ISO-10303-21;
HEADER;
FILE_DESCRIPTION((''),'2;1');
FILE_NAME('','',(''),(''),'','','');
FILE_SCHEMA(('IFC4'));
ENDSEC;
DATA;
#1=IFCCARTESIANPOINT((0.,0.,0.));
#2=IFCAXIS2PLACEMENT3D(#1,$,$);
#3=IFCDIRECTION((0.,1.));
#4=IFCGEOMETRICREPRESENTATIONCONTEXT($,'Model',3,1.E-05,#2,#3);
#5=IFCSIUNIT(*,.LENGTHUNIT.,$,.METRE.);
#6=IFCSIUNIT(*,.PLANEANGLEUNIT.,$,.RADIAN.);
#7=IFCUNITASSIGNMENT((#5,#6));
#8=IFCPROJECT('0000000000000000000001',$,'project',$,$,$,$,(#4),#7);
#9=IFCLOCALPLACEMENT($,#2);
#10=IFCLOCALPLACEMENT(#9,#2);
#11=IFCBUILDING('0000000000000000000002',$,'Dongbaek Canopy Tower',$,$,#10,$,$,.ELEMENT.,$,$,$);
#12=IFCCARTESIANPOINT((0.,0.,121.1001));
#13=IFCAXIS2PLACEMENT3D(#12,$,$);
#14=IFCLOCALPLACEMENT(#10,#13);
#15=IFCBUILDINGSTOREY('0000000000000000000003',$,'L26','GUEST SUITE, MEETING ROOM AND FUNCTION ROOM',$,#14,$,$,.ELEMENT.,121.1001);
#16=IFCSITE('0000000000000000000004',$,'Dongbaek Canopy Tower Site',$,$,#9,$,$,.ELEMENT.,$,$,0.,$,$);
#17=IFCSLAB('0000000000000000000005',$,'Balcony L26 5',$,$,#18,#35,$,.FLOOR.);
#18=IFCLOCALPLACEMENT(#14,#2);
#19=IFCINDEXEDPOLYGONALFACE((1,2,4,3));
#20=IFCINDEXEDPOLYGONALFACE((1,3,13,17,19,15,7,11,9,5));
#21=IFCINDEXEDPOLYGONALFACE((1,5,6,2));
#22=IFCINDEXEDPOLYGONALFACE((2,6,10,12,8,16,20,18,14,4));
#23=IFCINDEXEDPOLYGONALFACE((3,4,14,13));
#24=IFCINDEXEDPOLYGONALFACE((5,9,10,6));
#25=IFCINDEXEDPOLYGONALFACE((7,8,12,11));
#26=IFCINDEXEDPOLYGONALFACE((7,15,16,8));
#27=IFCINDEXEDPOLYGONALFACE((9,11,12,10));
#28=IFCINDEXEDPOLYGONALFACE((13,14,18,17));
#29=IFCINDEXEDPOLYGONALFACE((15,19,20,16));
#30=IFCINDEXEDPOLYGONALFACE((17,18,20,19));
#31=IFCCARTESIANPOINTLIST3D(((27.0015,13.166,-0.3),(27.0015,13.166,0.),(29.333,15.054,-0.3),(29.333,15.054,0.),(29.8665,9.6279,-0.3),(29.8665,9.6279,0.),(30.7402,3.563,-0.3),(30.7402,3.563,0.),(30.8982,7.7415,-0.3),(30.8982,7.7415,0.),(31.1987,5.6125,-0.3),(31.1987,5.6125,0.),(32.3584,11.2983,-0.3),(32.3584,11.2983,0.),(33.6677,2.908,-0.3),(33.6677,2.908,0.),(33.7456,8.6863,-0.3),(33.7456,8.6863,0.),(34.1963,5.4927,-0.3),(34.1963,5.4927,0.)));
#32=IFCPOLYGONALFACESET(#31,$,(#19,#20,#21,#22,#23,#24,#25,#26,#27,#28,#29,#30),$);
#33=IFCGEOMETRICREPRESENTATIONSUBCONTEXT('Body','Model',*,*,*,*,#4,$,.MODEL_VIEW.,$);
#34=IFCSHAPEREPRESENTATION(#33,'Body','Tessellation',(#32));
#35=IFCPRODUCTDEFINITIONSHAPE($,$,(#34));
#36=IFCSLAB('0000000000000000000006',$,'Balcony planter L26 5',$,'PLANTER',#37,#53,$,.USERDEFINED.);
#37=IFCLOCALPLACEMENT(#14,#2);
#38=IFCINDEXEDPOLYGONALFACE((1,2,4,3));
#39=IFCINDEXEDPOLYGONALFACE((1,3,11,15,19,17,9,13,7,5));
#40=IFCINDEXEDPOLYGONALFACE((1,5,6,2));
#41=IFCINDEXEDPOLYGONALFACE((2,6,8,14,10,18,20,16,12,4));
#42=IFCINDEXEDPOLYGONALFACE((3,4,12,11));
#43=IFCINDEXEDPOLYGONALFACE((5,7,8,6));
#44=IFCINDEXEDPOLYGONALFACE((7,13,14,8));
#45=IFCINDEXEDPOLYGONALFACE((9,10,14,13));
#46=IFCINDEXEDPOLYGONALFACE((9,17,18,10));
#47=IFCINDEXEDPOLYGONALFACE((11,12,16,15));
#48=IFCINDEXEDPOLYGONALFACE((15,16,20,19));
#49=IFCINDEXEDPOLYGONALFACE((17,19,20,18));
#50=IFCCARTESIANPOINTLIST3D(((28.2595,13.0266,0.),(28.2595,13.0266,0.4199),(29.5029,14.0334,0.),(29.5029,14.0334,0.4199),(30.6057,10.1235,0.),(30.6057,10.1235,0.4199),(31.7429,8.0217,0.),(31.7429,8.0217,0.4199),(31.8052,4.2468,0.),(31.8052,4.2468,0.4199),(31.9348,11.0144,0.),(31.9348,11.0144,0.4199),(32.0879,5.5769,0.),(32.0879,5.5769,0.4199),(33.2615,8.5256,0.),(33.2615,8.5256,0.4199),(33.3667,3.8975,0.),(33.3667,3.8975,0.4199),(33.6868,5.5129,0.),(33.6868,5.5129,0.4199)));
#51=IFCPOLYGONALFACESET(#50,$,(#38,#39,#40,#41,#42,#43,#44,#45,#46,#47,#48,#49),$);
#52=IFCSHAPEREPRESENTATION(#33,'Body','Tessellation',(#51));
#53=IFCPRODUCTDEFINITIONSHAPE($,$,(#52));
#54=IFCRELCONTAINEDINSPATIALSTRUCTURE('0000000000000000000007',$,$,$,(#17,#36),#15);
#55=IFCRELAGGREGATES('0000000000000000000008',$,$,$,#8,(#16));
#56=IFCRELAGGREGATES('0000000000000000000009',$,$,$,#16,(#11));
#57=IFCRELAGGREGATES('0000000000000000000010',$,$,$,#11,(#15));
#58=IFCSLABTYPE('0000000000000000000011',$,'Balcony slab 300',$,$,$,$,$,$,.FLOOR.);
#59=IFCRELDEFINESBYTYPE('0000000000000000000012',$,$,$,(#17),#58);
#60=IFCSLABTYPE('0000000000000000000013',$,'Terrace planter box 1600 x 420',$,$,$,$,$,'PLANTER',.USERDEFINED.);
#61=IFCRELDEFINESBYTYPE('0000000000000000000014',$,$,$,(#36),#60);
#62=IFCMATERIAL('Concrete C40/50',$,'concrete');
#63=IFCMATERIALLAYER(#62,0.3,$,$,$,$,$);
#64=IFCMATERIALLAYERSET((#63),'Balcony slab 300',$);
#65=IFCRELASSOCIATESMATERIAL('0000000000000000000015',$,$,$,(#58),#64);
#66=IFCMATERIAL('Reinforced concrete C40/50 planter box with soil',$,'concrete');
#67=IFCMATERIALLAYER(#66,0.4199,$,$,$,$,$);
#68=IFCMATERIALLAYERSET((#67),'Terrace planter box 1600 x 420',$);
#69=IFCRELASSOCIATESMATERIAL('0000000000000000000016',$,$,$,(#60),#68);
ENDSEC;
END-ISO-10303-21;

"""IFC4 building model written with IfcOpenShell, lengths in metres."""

from ifc_helpers import new_model, si_unit, direction, frame, origin, place, context, subcontext, project, spatial, polyline, outline, extrude, material, layer, layer_set, type_object, element, save


model = new_model("IFC4")

# Units and contexts
model_context = context("Model", 3, precision=1e-05, world=origin(), true_north=direction((0.0, 1.0)))
body_context = subcontext(model_context, "Body", "Model", "MODEL_VIEW")
ifc_project = project(units=[si_unit("LENGTHUNIT", "METRE"), si_unit("PLANEANGLEUNIT", "RADIAN")], contexts=[model_context])

# Site, building, storey
site_placement = place(None, origin())
site = spatial("IfcSite", under=ifc_project, at=site_placement, Name="Dongbaek Canopy Tower Site", CompositionType="ELEMENT", RefElevation=0.0)
building_placement = place(site_placement, origin())
building = spatial("IfcBuilding", under=site, at=building_placement, Name="Dongbaek Canopy Tower", CompositionType="ELEMENT")
storey_placement = place(building_placement, frame((0.0, 0.0, 121.1001)))
storey = spatial("IfcBuildingStorey", under=building, at=storey_placement, Name="L26", Description="GUEST SUITE, MEETING ROOM AND FUNCTION ROOM", CompositionType="ELEMENT", Elevation=121.1001)

# Slabs
ifc_material_1 = material(Name="Concrete C40/50", Category="concrete")
ifc_layer_1 = layer(ifc_material_1, 0.3)
ifc_layer_set_1 = layer_set([ifc_layer_1], Name="Balcony slab 300")
slab_type_1 = type_object("IfcSlabType", Name="Balcony slab 300", PredefinedType="FLOOR", material=ifc_layer_set_1)
slab_1_placement = place(storey_placement, frame((0.0, 0.0, -0.3)))
element("IfcSlab", 1, at=slab_1_placement, inside=storey, type_object=slab_type_1, Name="Balcony L26 5", PredefinedType="FLOOR", context=body_context, shape_type="SweptSolid", body=[
    extrude(outline(polyline([(30.7402, 3.563), (31.1987, 5.6125), (30.8982, 7.7415), (29.8665, 9.6279), (27.0015, 13.166), (29.333, 15.054), (32.3584, 11.2983), (33.7456, 8.6863), (34.1963, 5.4927), (33.6677, 2.908), (30.7402, 3.563)])), origin(), (0.0, 0.0, 1.0), 0.3),
])
ifc_material_2 = material(Name="Reinforced concrete C40/50 planter box with soil", Category="concrete")
ifc_layer_2 = layer(ifc_material_2, 0.4199)
ifc_layer_set_2 = layer_set([ifc_layer_2], Name="Terrace planter box 1600 x 420")
slab_type_2 = type_object("IfcSlabType", Name="Terrace planter box 1600 x 420", ElementType="PLANTER", PredefinedType="USERDEFINED", material=ifc_layer_set_2)
slab_2_placement = place(storey_placement, origin())
element("IfcSlab", 2, at=slab_2_placement, inside=storey, type_object=slab_type_2, Name="Balcony planter L26 5", ObjectType="PLANTER", PredefinedType="USERDEFINED", context=body_context, shape_type="SweptSolid", body=[
    extrude(outline(polyline([(31.8052, 4.2468), (32.0879, 5.5769), (31.7429, 8.0217), (30.6057, 10.1235), (28.2595, 13.0266), (29.5029, 14.0334), (31.9348, 11.0144), (33.2615, 8.5256), (33.6868, 5.5129), (33.3667, 3.8975), (31.8052, 4.2468)])), origin(), (0.0, 0.0, 1.0), 0.4199),
])

save(model, "model.ifc")
